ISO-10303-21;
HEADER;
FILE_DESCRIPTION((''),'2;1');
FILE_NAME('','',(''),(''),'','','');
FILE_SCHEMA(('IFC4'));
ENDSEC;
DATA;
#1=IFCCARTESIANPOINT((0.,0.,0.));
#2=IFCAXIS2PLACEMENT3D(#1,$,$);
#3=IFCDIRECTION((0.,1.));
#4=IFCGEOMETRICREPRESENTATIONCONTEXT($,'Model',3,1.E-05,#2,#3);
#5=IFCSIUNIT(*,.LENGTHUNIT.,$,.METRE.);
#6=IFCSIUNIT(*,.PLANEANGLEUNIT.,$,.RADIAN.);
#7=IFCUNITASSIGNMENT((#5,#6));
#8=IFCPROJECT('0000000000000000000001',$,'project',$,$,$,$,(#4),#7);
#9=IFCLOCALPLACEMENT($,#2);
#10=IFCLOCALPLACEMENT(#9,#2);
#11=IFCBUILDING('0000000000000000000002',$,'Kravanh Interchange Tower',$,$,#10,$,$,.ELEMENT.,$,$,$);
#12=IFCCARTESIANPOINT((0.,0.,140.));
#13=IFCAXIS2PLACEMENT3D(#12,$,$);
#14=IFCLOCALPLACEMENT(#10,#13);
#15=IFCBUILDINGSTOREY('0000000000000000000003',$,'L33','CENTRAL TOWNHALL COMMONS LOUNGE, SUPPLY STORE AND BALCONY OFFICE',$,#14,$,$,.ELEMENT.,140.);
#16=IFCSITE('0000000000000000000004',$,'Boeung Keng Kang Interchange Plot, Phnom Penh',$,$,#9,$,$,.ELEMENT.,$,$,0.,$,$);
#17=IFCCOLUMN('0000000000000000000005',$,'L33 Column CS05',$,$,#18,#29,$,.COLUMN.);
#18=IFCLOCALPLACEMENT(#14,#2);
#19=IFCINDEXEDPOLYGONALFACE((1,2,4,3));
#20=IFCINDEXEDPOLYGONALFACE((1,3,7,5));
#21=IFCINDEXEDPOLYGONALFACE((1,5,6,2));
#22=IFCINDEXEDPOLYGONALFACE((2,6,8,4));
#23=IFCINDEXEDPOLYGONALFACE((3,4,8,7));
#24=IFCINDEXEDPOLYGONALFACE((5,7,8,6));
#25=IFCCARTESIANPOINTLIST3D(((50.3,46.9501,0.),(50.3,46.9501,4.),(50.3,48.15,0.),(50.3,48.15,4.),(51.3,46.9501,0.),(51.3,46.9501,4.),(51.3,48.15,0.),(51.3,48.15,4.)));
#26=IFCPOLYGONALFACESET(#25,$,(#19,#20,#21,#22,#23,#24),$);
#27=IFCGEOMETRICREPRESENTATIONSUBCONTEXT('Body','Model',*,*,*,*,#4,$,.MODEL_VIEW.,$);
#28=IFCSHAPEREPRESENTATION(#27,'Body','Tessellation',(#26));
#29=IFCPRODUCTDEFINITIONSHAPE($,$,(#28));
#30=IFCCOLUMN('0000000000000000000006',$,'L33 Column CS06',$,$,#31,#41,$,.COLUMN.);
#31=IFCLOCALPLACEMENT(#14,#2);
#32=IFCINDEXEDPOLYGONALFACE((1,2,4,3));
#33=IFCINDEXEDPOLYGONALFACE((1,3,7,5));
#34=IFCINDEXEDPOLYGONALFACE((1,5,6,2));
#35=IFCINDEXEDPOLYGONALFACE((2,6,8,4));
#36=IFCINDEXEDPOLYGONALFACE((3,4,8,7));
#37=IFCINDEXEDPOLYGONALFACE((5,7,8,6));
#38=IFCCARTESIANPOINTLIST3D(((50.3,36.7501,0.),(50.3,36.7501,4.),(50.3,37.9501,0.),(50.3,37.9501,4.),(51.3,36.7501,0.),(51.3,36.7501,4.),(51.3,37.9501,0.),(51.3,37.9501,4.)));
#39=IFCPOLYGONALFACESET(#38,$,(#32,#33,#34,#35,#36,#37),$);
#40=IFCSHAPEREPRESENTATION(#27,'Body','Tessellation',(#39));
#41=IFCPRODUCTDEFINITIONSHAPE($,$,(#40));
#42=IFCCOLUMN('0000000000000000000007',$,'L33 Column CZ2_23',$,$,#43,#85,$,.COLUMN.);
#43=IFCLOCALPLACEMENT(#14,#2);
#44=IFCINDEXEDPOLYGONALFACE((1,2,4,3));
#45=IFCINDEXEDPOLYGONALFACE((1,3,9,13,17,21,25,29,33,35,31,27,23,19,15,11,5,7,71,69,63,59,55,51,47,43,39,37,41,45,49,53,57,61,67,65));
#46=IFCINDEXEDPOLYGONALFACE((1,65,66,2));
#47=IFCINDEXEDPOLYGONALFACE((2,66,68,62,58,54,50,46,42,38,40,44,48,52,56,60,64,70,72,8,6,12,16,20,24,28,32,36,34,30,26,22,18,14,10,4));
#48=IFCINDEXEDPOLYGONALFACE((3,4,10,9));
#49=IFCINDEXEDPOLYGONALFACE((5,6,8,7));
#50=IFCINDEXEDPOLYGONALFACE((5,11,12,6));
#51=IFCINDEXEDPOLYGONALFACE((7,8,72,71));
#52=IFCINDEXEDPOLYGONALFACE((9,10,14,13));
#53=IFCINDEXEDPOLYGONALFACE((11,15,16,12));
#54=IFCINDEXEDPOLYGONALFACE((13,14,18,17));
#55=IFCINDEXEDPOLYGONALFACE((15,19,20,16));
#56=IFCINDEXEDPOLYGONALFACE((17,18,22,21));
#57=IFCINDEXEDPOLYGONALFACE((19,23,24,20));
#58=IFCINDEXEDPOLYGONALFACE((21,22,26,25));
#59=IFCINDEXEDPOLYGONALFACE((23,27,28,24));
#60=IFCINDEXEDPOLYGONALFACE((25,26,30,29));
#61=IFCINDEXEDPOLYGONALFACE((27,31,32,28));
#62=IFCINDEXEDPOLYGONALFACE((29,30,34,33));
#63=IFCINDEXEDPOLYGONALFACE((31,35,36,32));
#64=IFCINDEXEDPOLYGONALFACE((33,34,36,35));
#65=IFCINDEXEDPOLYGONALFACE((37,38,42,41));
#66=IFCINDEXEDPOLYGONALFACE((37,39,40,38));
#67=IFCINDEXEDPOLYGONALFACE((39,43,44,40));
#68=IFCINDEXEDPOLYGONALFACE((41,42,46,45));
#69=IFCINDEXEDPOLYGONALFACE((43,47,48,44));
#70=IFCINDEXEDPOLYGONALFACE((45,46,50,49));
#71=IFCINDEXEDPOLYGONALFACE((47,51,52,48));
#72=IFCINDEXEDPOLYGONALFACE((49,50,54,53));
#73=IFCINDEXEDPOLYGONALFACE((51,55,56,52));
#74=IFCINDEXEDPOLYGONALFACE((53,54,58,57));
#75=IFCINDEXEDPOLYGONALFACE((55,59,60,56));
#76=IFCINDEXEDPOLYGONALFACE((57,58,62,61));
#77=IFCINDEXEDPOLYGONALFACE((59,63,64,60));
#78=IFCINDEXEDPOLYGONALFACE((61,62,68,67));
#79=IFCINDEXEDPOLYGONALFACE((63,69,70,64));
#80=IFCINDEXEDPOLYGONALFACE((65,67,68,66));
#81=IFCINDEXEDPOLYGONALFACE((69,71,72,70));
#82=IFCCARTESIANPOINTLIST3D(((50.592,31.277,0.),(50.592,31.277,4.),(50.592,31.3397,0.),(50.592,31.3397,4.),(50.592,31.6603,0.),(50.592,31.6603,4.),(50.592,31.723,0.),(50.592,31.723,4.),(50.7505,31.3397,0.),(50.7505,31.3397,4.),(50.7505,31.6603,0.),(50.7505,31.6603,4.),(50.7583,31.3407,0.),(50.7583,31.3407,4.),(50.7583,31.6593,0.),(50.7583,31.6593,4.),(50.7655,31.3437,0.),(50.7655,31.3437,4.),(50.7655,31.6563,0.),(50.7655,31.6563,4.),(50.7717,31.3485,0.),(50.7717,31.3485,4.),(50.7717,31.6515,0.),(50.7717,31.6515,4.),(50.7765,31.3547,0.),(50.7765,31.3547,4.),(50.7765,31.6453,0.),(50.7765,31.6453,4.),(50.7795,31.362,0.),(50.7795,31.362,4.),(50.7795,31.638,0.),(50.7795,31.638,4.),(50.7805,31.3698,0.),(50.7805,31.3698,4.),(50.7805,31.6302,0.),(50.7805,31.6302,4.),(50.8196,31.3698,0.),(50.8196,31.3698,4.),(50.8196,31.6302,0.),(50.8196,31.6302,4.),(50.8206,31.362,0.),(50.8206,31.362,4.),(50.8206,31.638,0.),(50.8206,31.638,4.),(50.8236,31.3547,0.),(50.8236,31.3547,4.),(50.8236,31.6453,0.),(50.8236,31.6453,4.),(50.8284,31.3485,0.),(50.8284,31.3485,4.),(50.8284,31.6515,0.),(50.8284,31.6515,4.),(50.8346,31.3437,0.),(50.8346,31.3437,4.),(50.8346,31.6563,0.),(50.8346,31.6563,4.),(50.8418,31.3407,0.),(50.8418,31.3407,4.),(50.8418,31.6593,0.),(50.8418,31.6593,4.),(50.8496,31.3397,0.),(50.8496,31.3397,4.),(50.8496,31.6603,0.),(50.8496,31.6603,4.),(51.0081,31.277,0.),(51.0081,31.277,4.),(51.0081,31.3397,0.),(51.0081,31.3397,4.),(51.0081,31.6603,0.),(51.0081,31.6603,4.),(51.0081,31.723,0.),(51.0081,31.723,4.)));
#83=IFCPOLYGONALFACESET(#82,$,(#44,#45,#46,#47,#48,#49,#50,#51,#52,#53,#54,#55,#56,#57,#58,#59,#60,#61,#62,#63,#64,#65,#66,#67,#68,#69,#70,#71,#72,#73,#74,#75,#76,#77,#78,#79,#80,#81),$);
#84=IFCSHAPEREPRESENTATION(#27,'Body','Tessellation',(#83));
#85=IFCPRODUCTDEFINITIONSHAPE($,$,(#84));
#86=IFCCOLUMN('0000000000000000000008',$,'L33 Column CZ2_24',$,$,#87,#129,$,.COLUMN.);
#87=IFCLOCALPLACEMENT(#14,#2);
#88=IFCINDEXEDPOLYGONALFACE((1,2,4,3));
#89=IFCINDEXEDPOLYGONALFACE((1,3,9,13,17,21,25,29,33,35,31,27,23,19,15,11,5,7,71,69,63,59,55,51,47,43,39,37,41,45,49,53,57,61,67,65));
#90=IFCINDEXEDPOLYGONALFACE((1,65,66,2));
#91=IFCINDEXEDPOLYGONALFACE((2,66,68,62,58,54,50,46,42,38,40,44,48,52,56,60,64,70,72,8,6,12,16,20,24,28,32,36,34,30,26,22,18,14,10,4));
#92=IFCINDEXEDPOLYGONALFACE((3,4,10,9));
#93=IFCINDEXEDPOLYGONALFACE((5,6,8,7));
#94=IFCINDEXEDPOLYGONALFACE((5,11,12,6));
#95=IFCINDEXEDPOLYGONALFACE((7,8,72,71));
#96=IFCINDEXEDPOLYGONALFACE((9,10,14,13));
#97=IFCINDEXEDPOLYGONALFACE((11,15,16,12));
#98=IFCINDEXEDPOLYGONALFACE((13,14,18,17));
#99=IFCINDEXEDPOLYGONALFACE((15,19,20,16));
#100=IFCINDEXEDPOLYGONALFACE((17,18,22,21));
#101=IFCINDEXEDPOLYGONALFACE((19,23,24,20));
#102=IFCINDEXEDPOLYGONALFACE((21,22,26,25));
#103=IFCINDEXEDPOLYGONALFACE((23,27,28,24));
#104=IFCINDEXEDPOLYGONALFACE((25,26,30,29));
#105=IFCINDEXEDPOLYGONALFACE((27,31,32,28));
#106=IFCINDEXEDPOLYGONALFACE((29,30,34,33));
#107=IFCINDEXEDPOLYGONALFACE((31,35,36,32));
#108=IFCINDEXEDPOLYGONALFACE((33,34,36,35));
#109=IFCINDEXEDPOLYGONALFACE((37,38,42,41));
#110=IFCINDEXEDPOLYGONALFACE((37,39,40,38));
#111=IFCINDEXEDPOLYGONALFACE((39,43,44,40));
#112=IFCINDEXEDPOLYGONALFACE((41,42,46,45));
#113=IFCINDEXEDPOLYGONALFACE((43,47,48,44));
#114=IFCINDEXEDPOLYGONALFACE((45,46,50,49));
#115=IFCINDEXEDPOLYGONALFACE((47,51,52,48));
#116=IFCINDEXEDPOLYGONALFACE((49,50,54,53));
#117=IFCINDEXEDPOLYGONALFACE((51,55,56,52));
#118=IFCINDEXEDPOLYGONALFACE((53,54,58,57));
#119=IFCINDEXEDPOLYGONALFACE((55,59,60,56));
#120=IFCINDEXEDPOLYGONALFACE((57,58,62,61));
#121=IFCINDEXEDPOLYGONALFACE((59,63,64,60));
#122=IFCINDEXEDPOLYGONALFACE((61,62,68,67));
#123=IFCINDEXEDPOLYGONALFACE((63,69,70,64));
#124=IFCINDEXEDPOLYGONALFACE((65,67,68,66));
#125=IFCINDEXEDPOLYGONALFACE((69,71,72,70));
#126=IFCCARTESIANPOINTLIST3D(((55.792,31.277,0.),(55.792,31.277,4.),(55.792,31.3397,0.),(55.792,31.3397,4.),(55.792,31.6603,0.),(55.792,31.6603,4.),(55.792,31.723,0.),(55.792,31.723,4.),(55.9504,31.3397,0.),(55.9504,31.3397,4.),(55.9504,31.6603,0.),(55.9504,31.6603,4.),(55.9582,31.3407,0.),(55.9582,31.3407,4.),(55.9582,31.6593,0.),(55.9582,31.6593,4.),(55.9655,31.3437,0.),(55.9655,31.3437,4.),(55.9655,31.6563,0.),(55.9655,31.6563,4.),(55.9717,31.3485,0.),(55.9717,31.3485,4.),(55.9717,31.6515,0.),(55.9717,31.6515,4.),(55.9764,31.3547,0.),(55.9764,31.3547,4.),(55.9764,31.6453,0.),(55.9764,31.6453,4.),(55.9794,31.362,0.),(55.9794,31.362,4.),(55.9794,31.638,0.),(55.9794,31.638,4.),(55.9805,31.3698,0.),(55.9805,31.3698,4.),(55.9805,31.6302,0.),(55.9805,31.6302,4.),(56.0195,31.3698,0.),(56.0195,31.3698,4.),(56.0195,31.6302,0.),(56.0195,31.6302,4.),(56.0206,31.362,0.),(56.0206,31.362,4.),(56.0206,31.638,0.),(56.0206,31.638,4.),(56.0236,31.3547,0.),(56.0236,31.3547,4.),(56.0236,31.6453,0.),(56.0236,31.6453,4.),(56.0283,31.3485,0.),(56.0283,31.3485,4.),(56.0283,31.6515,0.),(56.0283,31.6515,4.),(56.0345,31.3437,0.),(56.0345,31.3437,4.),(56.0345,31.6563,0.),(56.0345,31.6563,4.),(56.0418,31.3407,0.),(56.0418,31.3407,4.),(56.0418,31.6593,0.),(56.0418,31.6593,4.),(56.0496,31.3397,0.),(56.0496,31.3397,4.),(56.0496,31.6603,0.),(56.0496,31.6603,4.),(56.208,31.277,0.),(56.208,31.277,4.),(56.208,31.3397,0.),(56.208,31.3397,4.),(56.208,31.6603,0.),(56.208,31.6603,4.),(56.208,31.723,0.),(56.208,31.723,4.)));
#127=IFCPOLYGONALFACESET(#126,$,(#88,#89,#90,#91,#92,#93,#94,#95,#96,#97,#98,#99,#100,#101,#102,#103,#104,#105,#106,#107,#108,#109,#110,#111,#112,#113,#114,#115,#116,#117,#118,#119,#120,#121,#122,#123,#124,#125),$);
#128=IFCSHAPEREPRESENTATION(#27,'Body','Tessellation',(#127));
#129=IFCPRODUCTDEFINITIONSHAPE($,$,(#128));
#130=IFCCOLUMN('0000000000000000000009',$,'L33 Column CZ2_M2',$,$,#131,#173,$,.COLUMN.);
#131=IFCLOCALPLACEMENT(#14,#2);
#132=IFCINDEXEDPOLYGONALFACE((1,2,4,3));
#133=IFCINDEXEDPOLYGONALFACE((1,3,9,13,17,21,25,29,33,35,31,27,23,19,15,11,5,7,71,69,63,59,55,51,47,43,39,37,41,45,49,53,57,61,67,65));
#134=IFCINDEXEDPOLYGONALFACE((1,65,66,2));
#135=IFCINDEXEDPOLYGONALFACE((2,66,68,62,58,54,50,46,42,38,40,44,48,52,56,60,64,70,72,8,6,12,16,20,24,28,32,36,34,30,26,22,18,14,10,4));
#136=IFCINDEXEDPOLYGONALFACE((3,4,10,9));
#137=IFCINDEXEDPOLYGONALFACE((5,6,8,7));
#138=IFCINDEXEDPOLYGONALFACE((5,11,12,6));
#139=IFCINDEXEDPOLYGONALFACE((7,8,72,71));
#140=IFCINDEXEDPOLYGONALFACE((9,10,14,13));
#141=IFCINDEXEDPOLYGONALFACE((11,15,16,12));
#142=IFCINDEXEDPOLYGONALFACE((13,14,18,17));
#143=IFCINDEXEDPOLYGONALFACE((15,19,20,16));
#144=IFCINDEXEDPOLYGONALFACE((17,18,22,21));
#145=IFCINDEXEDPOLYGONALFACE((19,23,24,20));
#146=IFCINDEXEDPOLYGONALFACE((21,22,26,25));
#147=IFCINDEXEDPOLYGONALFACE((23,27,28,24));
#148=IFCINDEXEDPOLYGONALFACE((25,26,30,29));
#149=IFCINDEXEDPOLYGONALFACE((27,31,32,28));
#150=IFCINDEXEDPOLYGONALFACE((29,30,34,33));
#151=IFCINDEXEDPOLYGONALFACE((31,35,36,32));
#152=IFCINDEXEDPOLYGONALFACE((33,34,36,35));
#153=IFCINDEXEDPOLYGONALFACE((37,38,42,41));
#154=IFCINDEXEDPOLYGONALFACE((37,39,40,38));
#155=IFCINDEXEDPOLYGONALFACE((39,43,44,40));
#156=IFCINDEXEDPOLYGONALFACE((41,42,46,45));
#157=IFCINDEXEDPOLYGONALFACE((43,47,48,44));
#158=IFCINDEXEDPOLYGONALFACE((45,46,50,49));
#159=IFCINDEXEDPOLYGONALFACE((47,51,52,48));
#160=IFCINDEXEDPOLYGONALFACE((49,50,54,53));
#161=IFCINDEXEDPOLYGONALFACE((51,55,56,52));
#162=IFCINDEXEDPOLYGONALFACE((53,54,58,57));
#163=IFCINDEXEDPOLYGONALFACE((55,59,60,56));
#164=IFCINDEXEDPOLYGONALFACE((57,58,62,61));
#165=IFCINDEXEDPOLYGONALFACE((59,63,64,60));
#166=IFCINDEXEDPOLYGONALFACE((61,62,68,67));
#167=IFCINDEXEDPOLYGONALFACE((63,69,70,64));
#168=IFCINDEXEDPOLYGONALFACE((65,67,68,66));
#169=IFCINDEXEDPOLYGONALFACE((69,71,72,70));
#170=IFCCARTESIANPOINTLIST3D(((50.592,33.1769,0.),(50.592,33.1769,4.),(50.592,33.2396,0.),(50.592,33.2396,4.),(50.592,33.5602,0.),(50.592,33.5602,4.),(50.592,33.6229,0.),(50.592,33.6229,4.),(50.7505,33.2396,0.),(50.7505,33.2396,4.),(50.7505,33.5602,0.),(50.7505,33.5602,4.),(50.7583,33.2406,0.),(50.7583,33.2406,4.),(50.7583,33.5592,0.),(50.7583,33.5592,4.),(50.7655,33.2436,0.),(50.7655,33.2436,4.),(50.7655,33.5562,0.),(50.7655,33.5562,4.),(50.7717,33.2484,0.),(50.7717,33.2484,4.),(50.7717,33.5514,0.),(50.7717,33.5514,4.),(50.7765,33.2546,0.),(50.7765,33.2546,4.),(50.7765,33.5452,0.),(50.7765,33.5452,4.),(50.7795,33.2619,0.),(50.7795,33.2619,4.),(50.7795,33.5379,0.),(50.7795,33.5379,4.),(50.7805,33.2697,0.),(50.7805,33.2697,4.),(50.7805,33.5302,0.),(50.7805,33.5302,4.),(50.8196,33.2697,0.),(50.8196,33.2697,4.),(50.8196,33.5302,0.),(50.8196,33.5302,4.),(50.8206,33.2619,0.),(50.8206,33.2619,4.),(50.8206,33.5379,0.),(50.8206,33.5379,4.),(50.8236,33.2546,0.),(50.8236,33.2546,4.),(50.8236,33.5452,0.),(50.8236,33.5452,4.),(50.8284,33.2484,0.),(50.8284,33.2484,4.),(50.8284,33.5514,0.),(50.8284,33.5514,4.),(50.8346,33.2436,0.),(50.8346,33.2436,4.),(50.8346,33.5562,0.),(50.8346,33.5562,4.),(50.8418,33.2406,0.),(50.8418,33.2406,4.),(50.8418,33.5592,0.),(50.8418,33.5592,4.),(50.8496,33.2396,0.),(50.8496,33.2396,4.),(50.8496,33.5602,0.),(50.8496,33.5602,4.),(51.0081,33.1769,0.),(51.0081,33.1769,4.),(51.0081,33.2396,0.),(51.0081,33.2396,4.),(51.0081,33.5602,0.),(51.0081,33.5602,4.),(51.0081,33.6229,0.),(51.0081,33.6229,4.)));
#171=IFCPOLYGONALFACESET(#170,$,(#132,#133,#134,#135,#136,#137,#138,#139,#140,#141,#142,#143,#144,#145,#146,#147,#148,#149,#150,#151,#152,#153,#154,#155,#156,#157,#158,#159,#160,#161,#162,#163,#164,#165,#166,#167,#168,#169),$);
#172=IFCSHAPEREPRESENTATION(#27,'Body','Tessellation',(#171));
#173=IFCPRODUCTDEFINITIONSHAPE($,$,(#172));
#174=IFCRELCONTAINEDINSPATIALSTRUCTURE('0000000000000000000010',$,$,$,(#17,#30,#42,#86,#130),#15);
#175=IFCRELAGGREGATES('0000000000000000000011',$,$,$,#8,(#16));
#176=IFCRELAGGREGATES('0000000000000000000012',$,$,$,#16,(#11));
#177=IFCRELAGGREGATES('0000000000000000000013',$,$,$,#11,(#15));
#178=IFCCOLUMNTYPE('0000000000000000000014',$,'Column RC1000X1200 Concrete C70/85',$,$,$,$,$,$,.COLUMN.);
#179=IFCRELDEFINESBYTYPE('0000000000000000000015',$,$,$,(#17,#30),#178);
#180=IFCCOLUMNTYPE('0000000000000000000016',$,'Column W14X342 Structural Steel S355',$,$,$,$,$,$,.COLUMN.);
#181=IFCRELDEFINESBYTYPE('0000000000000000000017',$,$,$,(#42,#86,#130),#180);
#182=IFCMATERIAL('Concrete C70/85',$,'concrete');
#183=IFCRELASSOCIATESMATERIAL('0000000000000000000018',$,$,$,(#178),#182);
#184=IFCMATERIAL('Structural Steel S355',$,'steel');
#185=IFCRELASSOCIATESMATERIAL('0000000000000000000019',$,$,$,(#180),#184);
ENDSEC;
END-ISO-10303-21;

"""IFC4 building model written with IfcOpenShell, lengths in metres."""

from ifc_helpers import new_model, si_unit, direction, frame, origin, origin_2d, place, context, subcontext, project, spatial, rectangle, i_section, extrude, material, material_profile, profile_set, type_object, element, save


model = new_model("IFC4")

# Units and contexts
model_context = context("Model", 3, precision=1e-05, world=origin(), true_north=direction((0.0, 1.0)))
body_context = subcontext(model_context, "Body", "Model", "MODEL_VIEW")
ifc_project = project(units=[si_unit("LENGTHUNIT", "METRE"), si_unit("PLANEANGLEUNIT", "RADIAN")], contexts=[model_context])

# Site, building, storey
site_placement = place(None, origin())
site = spatial("IfcSite", under=ifc_project, at=site_placement, Name="Boeung Keng Kang Interchange Plot, Phnom Penh", CompositionType="ELEMENT", RefElevation=0.0)
building_placement = place(site_placement, origin())
building = spatial("IfcBuilding", under=site, at=building_placement, Name="Kravanh Interchange Tower", CompositionType="ELEMENT")
storey_placement = place(building_placement, frame((0.0, 0.0, 140.0)))
storey = spatial("IfcBuildingStorey", under=building, at=storey_placement, Name="L33", Description="CENTRAL TOWNHALL COMMONS LOUNGE, SUPPLY STORE AND BALCONY OFFICE", CompositionType="ELEMENT", Elevation=140.0)

# Columns
ifc_material_1 = material(Name="Concrete C70/85", Category="concrete")
ifc_material_profile_1 = material_profile(ifc_material_1, rectangle(XDim=1.0, YDim=1.2, at=origin_2d()), Name="RC1000X1200")
ifc_profile_set_1 = profile_set([ifc_material_profile_1], Name="Concrete C70/85")
column_type_1 = type_object("IfcColumnType", Name="Column RC1000X1200 Concrete C70/85", PredefinedType="COLUMN", material=ifc_profile_set_1)
for number, where, z_axis, x_axis, name in (
    (1, (50.8, 47.55, 0.0), (0.0, 0.0, 1.0), (1.0, 0.0, 0.0), "L33 Column CS05"),
    (2, (50.8, 37.3501, 0.0), (0.0, 0.0, 1.0), (1.0, 0.0, 0.0), "L33 Column CS06"),
):
    element("IfcColumn", number, at=place(storey_placement, frame(where, z_axis=z_axis, x_axis=x_axis)), inside=storey, type_object=column_type_1, Name=name, PredefinedType="COLUMN", context=body_context, shape_type="SweptSolid", body=[
        extrude(rectangle(XDim=1.0, YDim=1.2, at=origin_2d()), origin(), (0.0, 0.0, 1.0), 4.0),
    ])
ifc_material_2 = material(Name="Structural Steel S355", Category="steel")
ifc_material_profile_2 = material_profile(ifc_material_2, i_section(OverallWidth=0.416, OverallDepth=0.446, WebThickness=0.0391, FlangeThickness=0.0627, FilletRadius=0.03, at=origin_2d()), Name="W14X342")
ifc_profile_set_2 = profile_set([ifc_material_profile_2], Name="Structural Steel S355")
column_type_2 = type_object("IfcColumnType", Name="Column W14X342 Structural Steel S355", PredefinedType="COLUMN", material=ifc_profile_set_2)
for number, where, z_axis, x_axis, name in (
    (3, (50.8, 31.5, 0.0), (0.0, 0.0, 1.0), (1.0, 0.0, 0.0), "L33 Column CZ2_23"),
    (4, (56.0, 31.5, 0.0), (0.0, 0.0, 1.0), (1.0, 0.0, 0.0), "L33 Column CZ2_24"),
    (5, (50.8, 33.3999, 0.0), (0.0, 0.0, 1.0), (1.0, 0.0, 0.0), "L33 Column CZ2_M2"),
):
    element("IfcColumn", number, at=place(storey_placement, frame(where, z_axis=z_axis, x_axis=x_axis)), inside=storey, type_object=column_type_2, Name=name, PredefinedType="COLUMN", context=body_context, shape_type="SweptSolid", body=[
        extrude(i_section(OverallWidth=0.416, OverallDepth=0.446, WebThickness=0.0391, FlangeThickness=0.0627, FilletRadius=0.03, at=origin_2d()), origin(), (0.0, 0.0, 1.0), 4.0),
    ])

save(model, "model.ifc")
